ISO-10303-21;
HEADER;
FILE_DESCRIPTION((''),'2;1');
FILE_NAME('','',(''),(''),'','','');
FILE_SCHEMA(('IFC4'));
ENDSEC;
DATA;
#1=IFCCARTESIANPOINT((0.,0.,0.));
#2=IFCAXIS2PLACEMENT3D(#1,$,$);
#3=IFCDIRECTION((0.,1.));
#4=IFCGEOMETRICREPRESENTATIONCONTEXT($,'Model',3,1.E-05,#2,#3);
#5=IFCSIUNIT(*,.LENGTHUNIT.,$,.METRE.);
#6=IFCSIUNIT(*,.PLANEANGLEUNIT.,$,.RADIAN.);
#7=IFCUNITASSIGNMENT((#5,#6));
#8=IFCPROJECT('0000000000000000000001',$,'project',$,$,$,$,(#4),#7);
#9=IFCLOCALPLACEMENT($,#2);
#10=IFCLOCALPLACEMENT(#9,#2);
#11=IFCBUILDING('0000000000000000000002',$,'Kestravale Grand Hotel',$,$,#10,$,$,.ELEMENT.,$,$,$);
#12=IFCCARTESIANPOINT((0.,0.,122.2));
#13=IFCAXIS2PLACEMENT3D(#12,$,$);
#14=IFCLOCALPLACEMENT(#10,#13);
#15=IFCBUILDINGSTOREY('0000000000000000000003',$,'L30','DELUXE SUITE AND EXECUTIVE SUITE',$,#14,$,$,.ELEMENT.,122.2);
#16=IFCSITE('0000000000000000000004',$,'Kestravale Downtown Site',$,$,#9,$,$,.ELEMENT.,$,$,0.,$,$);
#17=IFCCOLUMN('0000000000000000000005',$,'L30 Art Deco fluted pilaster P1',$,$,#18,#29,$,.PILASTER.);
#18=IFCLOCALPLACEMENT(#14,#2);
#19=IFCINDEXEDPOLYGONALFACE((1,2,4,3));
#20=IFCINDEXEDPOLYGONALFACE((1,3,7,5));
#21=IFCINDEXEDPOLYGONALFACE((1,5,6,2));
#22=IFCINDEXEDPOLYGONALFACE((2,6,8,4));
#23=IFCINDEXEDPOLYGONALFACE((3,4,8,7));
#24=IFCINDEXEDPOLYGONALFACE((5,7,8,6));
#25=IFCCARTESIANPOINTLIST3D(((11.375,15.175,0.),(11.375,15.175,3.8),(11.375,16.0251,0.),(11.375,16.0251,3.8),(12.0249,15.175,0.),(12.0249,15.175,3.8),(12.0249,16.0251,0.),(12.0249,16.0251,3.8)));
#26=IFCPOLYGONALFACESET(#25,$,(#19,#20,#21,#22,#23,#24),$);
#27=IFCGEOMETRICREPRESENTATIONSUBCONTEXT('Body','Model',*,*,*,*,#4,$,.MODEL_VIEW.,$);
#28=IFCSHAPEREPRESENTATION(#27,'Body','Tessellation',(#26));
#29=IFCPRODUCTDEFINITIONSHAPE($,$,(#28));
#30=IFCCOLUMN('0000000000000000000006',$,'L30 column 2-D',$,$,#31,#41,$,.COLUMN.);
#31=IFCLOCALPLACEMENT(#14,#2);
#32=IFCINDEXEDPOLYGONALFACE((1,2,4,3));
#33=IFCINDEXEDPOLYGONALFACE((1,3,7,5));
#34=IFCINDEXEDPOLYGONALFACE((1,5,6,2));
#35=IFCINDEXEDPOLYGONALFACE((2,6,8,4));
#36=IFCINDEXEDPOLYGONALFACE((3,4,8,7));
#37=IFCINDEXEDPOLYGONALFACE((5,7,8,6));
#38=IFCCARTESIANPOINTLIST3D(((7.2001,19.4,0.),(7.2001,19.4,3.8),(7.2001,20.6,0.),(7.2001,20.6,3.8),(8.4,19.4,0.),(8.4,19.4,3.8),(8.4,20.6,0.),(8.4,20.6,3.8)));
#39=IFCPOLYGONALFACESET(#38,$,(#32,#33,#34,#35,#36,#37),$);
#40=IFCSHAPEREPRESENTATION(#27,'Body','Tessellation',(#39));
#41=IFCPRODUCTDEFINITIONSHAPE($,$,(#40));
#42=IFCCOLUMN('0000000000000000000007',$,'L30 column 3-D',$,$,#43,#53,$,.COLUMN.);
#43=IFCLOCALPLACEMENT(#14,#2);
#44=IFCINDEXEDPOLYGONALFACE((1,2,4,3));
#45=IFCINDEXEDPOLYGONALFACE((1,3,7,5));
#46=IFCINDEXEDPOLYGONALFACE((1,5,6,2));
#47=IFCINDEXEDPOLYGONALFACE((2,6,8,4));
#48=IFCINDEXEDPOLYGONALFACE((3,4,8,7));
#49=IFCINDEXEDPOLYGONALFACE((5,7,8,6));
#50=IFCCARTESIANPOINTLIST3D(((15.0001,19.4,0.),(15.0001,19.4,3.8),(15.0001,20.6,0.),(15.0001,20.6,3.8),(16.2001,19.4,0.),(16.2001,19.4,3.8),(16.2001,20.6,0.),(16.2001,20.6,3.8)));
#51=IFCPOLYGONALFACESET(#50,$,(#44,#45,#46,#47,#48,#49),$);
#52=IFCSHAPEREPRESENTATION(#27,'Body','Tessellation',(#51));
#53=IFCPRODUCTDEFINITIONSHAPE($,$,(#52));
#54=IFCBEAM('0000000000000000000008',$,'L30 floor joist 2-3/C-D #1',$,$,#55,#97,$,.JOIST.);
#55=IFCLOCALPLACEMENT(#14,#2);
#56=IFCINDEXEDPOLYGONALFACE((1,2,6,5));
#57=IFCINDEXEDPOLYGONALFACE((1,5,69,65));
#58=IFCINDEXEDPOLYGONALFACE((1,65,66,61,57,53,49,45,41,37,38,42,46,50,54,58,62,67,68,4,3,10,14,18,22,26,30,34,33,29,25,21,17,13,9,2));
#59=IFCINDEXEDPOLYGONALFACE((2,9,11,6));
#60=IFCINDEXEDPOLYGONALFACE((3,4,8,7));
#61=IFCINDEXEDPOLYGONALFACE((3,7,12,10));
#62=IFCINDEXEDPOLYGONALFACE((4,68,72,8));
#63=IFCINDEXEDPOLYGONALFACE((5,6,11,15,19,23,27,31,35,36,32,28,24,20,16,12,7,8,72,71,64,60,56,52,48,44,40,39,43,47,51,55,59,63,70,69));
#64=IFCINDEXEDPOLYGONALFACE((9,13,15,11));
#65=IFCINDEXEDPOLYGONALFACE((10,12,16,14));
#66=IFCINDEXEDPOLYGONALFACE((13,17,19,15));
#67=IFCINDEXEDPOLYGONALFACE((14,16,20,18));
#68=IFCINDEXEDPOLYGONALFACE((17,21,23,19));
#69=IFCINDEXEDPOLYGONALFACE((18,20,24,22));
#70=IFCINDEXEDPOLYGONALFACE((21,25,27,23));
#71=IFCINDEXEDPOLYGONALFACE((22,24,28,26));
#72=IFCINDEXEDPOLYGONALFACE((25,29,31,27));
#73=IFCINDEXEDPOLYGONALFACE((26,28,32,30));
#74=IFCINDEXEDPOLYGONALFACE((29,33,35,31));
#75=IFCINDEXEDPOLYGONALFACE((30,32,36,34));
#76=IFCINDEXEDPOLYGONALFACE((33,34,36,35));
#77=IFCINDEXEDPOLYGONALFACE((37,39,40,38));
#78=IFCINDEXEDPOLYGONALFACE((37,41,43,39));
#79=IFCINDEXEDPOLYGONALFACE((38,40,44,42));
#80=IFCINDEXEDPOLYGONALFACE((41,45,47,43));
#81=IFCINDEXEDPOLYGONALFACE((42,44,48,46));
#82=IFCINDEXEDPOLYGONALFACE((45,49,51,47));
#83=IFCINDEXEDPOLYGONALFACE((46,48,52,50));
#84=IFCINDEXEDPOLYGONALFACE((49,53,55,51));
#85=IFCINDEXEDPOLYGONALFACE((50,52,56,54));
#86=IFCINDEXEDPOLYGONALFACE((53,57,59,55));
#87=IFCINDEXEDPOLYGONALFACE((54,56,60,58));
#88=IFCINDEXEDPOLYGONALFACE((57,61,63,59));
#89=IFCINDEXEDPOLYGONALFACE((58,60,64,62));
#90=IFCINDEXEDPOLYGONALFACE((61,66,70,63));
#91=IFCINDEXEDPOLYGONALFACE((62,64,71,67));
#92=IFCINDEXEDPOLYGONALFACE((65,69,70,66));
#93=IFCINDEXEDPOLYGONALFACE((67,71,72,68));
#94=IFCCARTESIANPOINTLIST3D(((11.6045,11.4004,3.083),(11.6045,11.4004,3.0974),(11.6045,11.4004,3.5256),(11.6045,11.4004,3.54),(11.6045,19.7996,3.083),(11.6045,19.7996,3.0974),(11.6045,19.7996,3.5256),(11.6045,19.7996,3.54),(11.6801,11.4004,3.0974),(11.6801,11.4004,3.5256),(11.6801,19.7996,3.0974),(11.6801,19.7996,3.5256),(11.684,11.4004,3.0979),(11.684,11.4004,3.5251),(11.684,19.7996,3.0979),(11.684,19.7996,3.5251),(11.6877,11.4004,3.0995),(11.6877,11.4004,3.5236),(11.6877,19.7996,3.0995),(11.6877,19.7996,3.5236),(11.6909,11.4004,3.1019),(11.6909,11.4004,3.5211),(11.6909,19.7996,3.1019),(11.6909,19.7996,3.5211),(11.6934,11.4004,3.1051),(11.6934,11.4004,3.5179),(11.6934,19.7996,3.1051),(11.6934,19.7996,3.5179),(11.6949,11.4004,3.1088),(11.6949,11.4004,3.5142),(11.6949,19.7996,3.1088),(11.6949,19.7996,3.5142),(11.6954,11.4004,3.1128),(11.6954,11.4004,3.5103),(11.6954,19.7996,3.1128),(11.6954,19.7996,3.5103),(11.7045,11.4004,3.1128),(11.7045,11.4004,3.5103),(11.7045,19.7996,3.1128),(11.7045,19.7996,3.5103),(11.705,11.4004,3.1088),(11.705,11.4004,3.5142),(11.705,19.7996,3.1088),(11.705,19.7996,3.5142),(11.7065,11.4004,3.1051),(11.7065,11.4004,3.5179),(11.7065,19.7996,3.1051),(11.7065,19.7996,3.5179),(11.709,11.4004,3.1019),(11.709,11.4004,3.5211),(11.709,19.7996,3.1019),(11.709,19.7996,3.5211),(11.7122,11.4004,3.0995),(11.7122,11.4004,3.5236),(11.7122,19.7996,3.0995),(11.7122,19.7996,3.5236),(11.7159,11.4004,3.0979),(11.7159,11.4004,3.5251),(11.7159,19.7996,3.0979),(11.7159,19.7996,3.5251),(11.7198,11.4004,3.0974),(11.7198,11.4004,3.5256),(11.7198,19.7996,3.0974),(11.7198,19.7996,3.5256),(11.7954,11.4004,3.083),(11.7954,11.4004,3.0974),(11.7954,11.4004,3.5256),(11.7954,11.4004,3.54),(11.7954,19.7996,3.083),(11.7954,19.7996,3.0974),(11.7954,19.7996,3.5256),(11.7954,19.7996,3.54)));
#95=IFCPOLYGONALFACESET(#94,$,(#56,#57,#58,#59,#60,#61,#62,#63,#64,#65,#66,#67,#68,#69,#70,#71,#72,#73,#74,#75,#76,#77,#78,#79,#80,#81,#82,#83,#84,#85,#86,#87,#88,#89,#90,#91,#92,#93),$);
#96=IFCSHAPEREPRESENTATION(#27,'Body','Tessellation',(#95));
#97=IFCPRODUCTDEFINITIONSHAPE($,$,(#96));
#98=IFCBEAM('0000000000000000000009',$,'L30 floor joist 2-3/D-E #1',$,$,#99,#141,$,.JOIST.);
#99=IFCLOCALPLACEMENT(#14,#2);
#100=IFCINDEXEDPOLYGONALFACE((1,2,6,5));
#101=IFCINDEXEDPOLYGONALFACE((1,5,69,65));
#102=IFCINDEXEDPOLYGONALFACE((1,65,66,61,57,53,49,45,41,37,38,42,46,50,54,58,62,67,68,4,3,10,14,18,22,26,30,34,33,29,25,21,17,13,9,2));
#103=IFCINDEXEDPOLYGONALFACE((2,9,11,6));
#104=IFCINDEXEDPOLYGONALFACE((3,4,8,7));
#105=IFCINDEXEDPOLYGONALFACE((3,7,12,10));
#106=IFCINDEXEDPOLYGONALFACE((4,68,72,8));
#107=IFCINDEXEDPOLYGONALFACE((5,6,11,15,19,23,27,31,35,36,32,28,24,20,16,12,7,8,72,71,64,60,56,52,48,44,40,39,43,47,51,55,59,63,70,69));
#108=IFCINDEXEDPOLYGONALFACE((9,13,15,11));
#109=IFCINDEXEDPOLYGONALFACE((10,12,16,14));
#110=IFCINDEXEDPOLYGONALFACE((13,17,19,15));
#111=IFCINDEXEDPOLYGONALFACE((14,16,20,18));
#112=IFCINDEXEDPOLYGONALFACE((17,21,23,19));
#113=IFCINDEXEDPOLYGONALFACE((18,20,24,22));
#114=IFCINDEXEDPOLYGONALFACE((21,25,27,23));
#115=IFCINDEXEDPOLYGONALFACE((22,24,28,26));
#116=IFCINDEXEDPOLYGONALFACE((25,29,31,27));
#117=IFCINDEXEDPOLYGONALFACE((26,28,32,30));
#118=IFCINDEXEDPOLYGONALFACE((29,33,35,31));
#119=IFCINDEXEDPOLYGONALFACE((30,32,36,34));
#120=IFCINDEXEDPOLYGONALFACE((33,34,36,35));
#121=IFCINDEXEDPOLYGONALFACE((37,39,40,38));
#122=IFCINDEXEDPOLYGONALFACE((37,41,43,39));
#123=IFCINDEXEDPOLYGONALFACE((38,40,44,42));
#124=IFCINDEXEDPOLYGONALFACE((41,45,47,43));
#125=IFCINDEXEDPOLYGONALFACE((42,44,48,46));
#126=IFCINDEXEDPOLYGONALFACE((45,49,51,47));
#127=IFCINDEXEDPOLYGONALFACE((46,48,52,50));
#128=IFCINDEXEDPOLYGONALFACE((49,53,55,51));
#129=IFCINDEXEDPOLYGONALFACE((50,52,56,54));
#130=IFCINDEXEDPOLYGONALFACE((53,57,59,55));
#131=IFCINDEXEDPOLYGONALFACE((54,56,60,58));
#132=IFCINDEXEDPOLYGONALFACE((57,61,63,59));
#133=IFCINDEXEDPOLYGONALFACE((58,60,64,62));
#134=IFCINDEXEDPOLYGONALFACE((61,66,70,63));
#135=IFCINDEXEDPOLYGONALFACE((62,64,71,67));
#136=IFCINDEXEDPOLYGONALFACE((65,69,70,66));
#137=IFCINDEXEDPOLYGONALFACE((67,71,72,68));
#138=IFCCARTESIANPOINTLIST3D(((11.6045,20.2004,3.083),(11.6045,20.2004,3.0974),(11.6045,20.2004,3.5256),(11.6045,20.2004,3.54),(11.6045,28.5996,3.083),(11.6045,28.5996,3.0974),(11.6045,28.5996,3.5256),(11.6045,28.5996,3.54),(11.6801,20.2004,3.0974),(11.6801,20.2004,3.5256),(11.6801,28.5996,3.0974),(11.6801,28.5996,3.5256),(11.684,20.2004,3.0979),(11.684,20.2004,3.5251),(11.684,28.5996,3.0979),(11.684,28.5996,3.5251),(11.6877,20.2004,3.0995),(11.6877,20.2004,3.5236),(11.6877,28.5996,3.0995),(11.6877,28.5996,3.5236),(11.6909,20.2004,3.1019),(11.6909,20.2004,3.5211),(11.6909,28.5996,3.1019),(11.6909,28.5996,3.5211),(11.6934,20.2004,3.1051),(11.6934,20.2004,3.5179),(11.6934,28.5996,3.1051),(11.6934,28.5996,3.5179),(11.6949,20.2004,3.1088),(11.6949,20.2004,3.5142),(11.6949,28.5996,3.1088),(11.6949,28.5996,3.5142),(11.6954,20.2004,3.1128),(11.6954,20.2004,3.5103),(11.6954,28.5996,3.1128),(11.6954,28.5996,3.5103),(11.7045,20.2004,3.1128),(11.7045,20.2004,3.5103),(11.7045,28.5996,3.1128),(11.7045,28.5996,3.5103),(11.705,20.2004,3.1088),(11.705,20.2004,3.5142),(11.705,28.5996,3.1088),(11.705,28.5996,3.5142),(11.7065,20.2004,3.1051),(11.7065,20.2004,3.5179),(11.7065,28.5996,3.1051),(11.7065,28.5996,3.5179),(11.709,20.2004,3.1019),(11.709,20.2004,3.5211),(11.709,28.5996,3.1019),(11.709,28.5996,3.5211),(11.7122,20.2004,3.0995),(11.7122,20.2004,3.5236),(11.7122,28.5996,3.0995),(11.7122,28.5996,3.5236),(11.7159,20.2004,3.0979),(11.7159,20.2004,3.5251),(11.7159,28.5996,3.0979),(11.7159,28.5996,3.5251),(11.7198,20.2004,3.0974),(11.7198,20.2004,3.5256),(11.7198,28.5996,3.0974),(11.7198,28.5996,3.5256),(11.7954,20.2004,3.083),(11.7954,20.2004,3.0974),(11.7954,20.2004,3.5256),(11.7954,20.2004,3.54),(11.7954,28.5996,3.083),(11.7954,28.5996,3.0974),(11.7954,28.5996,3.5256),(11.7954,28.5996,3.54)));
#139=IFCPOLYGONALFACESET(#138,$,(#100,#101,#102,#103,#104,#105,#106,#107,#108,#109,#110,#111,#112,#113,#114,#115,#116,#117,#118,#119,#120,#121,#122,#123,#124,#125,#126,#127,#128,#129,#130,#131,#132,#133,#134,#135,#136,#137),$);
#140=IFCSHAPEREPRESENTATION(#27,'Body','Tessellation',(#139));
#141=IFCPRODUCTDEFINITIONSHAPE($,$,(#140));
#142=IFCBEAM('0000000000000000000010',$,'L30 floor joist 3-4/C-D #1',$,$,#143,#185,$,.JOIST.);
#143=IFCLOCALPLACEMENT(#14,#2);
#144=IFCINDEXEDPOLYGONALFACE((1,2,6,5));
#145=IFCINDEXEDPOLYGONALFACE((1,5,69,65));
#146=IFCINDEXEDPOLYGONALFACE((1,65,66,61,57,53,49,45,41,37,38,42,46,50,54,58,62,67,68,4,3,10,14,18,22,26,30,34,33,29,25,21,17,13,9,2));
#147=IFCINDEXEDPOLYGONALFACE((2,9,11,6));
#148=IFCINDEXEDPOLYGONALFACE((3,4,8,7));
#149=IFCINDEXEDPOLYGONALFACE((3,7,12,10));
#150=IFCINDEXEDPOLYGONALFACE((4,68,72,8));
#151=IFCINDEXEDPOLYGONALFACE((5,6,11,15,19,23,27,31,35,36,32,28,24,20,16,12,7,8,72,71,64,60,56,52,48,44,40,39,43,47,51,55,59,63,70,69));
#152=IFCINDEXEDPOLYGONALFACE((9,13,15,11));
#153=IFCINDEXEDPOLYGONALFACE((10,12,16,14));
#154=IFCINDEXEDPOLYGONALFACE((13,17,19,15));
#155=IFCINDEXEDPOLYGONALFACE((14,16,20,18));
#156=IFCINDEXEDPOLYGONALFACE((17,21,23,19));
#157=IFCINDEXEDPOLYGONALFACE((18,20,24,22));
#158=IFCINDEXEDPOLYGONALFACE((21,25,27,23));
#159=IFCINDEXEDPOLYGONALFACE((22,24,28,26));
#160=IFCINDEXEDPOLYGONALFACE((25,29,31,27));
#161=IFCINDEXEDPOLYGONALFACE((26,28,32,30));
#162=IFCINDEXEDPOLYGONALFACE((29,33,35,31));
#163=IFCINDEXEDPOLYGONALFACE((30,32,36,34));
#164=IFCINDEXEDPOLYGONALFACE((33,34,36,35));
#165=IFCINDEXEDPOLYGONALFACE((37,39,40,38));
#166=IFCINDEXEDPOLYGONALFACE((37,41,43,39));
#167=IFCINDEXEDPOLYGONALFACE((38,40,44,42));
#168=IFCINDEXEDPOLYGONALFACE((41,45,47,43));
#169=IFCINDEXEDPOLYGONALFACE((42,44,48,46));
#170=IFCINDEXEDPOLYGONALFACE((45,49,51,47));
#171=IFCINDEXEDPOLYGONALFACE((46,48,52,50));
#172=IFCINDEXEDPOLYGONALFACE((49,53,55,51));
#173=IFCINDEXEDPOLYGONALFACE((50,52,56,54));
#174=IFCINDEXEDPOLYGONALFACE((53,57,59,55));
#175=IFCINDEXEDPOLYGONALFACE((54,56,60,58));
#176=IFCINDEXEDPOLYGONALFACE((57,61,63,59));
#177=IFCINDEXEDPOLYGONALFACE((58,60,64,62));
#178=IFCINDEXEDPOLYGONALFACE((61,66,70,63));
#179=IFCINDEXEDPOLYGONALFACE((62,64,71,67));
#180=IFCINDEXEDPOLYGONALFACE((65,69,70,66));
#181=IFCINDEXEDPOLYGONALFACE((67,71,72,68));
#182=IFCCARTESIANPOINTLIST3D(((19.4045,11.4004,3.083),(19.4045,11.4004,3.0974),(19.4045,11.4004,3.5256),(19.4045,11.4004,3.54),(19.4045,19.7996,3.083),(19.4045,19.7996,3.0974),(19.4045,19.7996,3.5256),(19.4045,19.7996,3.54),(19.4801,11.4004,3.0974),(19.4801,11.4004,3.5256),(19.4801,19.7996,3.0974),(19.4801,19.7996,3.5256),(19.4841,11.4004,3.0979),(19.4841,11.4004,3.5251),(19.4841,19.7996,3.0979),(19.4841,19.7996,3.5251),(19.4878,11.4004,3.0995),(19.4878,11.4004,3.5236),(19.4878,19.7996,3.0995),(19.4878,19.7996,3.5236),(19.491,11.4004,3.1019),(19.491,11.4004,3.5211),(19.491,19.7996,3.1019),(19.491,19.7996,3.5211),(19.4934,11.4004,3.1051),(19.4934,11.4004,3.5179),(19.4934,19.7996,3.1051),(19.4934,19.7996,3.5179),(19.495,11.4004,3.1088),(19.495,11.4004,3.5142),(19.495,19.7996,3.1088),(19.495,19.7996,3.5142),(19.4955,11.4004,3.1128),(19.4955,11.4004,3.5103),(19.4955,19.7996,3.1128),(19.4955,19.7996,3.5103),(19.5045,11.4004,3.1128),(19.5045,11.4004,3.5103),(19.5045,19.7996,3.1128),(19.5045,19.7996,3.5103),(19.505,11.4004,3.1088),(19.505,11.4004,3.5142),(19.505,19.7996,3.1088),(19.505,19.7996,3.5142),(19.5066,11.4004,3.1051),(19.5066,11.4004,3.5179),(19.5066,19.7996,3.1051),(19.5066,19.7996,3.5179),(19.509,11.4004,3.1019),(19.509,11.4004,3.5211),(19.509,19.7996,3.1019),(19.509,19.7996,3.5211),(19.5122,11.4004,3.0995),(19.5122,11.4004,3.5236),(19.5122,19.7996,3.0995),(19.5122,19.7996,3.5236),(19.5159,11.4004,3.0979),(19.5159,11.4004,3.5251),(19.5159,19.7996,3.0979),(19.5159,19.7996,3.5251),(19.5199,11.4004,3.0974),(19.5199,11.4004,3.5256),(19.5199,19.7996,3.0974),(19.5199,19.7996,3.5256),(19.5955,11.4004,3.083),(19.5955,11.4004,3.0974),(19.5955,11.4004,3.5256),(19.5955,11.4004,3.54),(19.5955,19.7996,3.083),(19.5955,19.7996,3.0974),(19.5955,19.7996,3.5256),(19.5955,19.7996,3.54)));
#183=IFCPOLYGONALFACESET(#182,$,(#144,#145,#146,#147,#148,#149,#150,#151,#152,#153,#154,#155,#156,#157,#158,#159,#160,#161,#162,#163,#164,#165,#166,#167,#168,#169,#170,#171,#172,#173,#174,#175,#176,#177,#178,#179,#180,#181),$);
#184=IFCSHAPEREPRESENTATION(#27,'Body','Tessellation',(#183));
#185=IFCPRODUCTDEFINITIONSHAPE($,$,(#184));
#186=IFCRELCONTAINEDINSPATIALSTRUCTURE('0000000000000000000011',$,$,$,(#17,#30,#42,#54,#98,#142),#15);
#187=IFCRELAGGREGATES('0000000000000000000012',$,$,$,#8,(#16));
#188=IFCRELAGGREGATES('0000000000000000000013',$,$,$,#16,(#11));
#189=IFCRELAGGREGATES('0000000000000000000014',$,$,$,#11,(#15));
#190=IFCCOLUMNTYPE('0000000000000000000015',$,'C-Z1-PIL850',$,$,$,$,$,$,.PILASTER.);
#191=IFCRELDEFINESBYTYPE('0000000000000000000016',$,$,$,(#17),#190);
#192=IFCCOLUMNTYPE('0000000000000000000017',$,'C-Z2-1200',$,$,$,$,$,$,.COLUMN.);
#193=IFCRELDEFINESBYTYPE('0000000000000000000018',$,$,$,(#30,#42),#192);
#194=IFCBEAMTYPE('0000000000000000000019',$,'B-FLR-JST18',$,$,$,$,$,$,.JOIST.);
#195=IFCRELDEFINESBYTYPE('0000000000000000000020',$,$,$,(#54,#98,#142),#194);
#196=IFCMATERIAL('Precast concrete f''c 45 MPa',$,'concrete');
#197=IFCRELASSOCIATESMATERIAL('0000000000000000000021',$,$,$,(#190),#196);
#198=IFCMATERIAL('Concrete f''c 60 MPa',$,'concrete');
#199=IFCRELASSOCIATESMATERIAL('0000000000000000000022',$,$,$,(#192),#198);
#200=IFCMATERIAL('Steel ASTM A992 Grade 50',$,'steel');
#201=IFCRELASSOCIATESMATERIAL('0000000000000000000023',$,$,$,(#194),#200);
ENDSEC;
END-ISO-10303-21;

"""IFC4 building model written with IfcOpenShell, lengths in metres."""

from ifc_helpers import new_model, si_unit, direction, frame, origin, origin_2d, place, context, subcontext, project, spatial, rectangle, i_section, extrude, material, material_profile, profile_set, type_object, element, save


model = new_model("IFC4")

# Units and contexts
model_context = context("Model", 3, precision=1e-05, world=origin(), true_north=direction((0.0, 1.0)))
body_context = subcontext(model_context, "Body", "Model", "MODEL_VIEW")
ifc_project = project(units=[si_unit("LENGTHUNIT", "METRE"), si_unit("PLANEANGLEUNIT", "RADIAN")], contexts=[model_context])

# Site, building, storey
site_placement = place(None, origin())
site = spatial("IfcSite", under=ifc_project, at=site_placement, Name="Kestravale Downtown Site", CompositionType="ELEMENT", RefElevation=0.0)
building_placement = place(site_placement, origin())
building = spatial("IfcBuilding", under=site, at=building_placement, Name="Kestravale Grand Hotel", CompositionType="ELEMENT")
storey_placement = place(building_placement, frame((0.0, 0.0, 122.2)))
storey = spatial("IfcBuildingStorey", under=building, at=storey_placement, Name="L30", Description="DELUXE SUITE AND EXECUTIVE SUITE", CompositionType="ELEMENT", Elevation=122.2)

# Columns
ifc_material_1 = material(Name="Precast concrete f'c 45 MPa", Category="concrete")
ifc_material_profile_1 = material_profile(ifc_material_1, rectangle(XDim=0.6499, YDim=0.8501, at=origin_2d()))
ifc_profile_set_1 = profile_set([ifc_material_profile_1], Name="Precast concrete f'c 45 MPa")
column_type_1 = type_object("IfcColumnType", Name="C-Z1-PIL850", PredefinedType="PILASTER", material=ifc_profile_set_1)
column_placement = place(storey_placement, frame((11.7, 15.6001, 0.0), z_axis=(0.0, 0.0, 1.0), x_axis=(1.0, 0.0, 0.0)))
element("IfcColumn", 1, at=column_placement, inside=storey, type_object=column_type_1, Name="L30 Art Deco fluted pilaster P1", PredefinedType="PILASTER", context=body_context, shape_type="SweptSolid", body=[
    extrude(rectangle(XDim=0.6499, YDim=0.8501, at=origin_2d()), origin(), (0.0, 0.0, 1.0), 3.8),
])
ifc_material_2 = material(Name="Concrete f'c 60 MPa", Category="concrete")
ifc_material_profile_2 = material_profile(ifc_material_2, rectangle(XDim=1.2, YDim=1.2, at=origin_2d()))
ifc_profile_set_2 = profile_set([ifc_material_profile_2], Name="Concrete f'c 60 MPa")
column_type_2 = type_object("IfcColumnType", Name="C-Z2-1200", PredefinedType="COLUMN", material=ifc_profile_set_2)
for number, where, z_axis, x_axis, name in (
    (2, (7.8, 20.0, 0.0), (0.0, 0.0, 1.0), (1.0, 0.0, 0.0), "L30 column 2-D"),
    (3, (15.6001, 20.0, 0.0), (0.0, 0.0, 1.0), (1.0, 0.0, 0.0), "L30 column 3-D"),
):
    element("IfcColumn", number, at=place(storey_placement, frame(where, z_axis=z_axis, x_axis=x_axis)), inside=storey, type_object=column_type_2, Name=name, PredefinedType="COLUMN", context=body_context, shape_type="SweptSolid", body=[
        extrude(rectangle(XDim=1.2, YDim=1.2, at=origin_2d()), origin(), (0.0, 0.0, 1.0), 3.8),
    ])

# Beams
ifc_material_3 = material(Name="Steel ASTM A992 Grade 50", Category="steel")
ifc_material_profile_3 = material_profile(ifc_material_3, i_section(OverallWidth=0.1909, OverallDepth=0.457, WebThickness=0.009, FlangeThickness=0.0144, FilletRadius=0.0154, at=origin_2d()))
ifc_profile_set_3 = profile_set([ifc_material_profile_3], Name="Steel ASTM A992 Grade 50")
beam_type_1 = type_object("IfcBeamType", Name="B-FLR-JST18", PredefinedType="JOIST", material=ifc_profile_set_3)
for number, where, z_axis, x_axis, name in (
    (4, (11.7, 11.4004, 3.3115), (0.0, 1.0, 0.0), (-1.0, 0.0, 0.0), "L30 floor joist 2-3/C-D #1"),
    (5, (11.7, 20.2004, 3.3115), (0.0, 1.0, 0.0), (-1.0, 0.0, 0.0), "L30 floor joist 2-3/D-E #1"),
    (6, (19.5, 11.4004, 3.3115), (0.0, 1.0, 0.0), (-1.0, 0.0, 0.0), "L30 floor joist 3-4/C-D #1"),
):
    element("IfcBeam", number, at=place(storey_placement, frame(where, z_axis=z_axis, x_axis=x_axis)), inside=storey, type_object=beam_type_1, Name=name, PredefinedType="JOIST", context=body_context, shape_type="SweptSolid", body=[
        extrude(i_section(OverallWidth=0.1909, OverallDepth=0.457, WebThickness=0.009, FlangeThickness=0.0144, FilletRadius=0.0154, at=origin_2d()), origin(), (0.0, 0.0, 1.0), 8.3992),
    ])

save(model, "model.ifc")
